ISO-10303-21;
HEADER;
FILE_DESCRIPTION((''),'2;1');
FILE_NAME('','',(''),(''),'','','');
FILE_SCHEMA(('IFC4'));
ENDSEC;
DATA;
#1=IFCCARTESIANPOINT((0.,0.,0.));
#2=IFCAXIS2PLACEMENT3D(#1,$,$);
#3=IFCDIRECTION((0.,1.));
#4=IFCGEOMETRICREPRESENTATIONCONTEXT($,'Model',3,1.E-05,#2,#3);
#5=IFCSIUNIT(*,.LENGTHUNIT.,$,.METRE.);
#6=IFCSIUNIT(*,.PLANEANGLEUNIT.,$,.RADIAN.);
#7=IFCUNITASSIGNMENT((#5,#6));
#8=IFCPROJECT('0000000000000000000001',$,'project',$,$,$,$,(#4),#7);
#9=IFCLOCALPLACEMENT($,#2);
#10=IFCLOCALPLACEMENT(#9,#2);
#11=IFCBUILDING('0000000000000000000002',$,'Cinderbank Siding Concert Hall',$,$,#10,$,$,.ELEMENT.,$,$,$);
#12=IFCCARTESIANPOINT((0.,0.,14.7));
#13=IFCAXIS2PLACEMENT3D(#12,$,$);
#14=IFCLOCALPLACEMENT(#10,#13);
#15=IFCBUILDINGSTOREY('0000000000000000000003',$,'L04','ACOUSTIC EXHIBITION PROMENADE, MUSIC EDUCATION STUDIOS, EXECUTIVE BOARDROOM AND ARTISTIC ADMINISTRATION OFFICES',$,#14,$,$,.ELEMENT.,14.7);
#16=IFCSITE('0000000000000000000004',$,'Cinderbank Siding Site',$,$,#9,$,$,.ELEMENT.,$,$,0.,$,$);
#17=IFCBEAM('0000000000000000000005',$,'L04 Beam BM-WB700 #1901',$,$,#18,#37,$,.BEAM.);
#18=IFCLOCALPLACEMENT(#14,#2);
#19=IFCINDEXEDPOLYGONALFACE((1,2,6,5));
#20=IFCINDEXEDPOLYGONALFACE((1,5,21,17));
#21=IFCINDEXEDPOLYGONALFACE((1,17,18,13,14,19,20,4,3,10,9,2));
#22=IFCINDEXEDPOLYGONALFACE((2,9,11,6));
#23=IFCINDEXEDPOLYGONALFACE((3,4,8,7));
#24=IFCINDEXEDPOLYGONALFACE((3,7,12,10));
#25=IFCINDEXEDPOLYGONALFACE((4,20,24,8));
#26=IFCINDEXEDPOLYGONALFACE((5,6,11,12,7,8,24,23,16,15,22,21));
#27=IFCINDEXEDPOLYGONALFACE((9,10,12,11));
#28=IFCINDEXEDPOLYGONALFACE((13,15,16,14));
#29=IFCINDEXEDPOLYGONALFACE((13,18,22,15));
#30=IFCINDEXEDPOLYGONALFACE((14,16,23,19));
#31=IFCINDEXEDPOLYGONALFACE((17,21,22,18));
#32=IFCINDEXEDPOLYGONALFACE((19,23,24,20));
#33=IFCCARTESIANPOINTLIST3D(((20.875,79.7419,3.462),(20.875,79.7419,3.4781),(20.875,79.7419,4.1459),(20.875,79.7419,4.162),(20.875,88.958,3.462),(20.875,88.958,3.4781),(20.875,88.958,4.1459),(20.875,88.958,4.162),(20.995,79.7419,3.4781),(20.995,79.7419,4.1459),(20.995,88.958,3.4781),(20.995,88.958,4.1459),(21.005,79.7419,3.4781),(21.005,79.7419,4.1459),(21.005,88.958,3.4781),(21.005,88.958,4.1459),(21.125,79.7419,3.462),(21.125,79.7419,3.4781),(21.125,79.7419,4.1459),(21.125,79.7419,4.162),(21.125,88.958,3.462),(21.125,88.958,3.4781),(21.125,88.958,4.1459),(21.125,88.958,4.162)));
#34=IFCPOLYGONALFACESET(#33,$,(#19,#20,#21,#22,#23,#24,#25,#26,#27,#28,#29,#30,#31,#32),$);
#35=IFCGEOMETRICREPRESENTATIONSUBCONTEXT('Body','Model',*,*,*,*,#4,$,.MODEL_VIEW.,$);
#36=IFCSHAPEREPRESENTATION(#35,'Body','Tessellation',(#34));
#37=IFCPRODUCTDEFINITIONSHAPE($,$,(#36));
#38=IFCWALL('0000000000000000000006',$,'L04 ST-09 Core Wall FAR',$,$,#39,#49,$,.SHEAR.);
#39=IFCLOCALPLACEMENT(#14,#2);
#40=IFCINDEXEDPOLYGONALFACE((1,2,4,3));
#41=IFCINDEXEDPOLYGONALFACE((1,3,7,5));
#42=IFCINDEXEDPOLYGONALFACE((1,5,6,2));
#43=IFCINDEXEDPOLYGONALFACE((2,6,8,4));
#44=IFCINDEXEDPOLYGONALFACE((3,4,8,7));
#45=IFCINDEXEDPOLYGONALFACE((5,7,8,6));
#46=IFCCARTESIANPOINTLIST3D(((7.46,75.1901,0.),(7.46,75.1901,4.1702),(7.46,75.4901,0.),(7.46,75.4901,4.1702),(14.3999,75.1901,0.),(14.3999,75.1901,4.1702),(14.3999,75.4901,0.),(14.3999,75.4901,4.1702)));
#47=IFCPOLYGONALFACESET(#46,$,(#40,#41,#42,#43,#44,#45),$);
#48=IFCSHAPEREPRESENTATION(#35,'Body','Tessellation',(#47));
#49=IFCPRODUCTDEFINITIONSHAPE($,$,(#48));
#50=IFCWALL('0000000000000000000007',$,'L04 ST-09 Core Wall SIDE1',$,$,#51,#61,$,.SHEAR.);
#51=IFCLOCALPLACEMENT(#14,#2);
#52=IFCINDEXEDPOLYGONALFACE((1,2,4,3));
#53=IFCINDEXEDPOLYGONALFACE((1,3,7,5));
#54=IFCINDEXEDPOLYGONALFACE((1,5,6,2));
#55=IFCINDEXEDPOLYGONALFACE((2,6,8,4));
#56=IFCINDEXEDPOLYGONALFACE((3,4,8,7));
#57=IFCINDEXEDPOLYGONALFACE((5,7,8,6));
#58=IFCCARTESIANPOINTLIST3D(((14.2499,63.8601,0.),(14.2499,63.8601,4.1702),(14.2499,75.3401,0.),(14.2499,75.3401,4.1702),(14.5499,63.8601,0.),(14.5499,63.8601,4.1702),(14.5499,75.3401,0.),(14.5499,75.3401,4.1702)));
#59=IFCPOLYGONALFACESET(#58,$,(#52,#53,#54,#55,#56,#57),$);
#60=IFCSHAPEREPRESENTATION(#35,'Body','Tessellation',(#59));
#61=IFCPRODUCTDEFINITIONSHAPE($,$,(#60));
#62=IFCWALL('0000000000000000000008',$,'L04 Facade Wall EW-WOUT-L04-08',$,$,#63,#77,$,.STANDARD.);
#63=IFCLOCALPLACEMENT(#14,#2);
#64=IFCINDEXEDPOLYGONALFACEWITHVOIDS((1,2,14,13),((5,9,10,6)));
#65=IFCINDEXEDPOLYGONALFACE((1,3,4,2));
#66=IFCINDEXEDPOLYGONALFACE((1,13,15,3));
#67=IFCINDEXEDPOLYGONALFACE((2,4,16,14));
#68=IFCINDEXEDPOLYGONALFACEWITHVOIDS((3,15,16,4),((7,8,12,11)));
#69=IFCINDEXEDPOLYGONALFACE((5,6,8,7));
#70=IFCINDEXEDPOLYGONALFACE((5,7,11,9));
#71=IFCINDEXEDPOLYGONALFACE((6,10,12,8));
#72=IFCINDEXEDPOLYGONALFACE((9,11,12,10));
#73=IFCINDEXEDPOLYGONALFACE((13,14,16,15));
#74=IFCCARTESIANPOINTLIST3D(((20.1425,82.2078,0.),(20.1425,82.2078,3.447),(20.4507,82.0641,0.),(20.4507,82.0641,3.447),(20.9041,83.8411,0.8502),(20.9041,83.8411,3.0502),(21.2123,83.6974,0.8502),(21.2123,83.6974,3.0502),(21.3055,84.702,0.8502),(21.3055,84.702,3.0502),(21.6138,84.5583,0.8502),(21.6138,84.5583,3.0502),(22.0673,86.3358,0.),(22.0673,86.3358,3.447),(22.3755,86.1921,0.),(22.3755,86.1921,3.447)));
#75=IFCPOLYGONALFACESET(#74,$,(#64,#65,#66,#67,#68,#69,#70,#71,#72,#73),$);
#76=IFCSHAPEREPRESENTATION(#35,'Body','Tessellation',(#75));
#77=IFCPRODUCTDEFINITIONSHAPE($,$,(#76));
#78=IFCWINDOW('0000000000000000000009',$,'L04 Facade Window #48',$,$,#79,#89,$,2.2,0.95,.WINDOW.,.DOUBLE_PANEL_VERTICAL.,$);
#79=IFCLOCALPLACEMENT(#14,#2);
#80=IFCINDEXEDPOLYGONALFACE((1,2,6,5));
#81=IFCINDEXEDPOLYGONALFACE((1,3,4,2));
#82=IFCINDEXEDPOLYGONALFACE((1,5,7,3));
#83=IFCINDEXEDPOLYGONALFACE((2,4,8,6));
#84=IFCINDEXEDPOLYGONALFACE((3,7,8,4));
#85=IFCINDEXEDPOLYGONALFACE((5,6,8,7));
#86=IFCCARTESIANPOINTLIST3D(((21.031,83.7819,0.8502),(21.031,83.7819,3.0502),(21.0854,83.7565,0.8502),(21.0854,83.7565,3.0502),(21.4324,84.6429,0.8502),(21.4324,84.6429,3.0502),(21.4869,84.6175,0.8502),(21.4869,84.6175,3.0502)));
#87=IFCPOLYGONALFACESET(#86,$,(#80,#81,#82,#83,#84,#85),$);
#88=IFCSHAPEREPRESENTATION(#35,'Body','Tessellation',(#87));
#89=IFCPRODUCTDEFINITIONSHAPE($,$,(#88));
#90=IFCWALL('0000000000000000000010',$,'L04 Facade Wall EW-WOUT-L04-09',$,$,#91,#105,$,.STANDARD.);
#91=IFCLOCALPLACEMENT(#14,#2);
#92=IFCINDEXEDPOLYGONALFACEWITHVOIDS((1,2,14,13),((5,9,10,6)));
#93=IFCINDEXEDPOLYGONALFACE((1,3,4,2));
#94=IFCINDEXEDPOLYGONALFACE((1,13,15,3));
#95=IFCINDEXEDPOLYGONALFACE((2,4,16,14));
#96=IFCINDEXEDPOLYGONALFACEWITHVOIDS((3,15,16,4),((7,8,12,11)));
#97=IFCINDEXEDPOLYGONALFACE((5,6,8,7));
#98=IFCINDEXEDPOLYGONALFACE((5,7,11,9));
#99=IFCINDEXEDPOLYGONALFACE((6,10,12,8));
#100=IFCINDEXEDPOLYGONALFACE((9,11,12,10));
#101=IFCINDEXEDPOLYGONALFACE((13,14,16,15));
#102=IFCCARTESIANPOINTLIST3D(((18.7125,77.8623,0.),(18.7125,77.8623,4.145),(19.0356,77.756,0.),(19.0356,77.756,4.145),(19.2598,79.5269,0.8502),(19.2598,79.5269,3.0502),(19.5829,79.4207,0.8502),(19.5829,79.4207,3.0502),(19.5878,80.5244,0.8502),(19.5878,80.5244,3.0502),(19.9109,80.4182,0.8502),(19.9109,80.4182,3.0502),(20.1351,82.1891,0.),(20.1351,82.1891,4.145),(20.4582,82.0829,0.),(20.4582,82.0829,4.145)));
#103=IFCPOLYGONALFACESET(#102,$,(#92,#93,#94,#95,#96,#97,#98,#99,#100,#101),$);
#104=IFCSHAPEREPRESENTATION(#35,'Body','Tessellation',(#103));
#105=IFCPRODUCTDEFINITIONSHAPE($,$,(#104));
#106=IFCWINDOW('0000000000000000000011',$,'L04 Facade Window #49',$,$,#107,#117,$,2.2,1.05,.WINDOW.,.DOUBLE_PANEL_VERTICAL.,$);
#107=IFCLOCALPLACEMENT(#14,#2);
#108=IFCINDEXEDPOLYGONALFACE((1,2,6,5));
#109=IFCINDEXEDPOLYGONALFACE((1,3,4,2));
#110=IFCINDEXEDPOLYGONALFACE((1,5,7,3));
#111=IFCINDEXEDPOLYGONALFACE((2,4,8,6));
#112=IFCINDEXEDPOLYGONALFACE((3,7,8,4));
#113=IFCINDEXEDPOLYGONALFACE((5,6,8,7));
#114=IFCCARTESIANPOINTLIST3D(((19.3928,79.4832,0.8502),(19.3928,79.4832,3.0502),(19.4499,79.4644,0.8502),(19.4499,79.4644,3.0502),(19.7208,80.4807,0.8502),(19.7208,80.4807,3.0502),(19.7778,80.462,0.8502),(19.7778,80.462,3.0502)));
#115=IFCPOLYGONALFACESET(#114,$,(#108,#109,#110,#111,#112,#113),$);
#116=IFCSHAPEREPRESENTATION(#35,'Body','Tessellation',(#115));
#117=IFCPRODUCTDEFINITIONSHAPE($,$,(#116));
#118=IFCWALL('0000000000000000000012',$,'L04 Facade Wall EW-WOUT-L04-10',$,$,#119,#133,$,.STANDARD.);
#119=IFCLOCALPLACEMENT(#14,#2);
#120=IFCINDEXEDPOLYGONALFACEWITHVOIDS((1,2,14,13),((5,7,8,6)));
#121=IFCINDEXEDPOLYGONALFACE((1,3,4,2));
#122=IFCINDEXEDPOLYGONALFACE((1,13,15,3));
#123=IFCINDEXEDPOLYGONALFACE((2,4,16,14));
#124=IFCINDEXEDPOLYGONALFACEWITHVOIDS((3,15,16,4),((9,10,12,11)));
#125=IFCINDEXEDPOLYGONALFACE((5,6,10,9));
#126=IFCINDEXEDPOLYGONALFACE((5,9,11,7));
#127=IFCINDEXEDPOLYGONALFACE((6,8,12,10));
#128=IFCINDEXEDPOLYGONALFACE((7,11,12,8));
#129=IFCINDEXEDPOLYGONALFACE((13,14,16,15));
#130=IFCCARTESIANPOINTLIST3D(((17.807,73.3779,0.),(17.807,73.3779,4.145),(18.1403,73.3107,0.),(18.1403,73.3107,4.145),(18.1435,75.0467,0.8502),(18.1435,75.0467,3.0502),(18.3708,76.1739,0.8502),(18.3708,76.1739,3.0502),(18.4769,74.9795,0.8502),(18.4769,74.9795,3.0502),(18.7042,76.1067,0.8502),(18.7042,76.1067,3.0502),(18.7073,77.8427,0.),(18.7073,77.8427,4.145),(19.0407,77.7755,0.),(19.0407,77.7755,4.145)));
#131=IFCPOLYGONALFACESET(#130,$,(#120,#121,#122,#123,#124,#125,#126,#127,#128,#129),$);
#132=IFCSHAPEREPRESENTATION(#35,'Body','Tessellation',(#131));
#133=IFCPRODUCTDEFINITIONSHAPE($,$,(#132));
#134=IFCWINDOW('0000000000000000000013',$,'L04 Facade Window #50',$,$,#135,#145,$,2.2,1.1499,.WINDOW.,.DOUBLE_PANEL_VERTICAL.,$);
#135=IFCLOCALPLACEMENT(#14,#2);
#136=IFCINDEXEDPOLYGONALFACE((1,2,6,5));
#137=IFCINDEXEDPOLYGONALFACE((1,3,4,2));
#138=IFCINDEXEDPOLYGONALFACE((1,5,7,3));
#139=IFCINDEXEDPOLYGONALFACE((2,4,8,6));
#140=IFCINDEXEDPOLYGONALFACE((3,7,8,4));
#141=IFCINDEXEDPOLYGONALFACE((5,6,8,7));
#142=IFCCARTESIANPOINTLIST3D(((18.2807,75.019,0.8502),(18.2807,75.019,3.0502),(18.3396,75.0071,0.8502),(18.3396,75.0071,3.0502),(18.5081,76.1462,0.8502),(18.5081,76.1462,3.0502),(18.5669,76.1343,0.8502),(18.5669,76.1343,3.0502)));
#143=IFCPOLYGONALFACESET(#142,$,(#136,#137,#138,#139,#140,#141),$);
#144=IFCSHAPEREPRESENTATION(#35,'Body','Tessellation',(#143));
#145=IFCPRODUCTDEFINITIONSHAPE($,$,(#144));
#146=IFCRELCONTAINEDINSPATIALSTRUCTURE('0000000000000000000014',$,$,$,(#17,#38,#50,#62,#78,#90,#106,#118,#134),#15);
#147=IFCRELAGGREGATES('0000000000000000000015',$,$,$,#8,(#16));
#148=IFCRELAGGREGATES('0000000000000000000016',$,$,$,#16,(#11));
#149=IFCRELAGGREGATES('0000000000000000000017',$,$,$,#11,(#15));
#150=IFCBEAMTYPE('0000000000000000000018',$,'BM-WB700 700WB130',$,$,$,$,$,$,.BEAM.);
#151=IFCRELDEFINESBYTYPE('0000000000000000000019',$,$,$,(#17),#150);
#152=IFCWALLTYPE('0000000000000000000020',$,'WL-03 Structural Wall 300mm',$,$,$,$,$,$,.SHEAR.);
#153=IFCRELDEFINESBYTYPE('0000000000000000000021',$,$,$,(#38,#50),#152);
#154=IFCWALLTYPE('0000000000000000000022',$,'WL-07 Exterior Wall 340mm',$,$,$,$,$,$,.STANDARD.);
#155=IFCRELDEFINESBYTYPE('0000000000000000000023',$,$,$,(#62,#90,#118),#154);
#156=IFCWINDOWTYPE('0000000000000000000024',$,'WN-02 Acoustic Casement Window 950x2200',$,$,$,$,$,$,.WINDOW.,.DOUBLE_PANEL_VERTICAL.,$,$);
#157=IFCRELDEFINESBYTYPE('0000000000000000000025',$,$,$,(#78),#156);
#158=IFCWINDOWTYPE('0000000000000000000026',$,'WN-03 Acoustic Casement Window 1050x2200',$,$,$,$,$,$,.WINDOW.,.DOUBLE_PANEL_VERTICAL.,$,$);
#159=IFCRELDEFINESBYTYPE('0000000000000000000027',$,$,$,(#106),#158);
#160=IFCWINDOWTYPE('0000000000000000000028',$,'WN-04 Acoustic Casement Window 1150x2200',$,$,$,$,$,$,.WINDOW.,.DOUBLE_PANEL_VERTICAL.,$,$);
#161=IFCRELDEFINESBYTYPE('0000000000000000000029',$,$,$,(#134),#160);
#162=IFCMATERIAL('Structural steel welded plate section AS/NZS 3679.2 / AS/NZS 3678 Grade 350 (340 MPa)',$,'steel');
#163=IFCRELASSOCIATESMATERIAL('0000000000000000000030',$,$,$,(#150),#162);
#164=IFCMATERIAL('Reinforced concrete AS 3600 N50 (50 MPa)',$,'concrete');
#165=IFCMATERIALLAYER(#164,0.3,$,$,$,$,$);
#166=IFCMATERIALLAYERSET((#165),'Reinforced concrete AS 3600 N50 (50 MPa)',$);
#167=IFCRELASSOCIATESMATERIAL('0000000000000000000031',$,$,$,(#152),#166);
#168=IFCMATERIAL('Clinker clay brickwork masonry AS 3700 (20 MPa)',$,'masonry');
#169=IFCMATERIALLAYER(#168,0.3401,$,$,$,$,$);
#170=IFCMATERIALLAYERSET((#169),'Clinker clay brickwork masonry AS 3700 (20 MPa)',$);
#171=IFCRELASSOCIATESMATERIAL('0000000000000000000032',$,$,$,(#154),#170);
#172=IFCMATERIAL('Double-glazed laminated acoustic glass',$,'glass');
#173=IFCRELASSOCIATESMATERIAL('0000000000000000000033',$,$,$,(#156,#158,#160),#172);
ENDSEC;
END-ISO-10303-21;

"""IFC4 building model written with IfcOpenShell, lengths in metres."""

from ifc_helpers import new_model, si_unit, direction, frame, frame_2d, origin, origin_2d, place, context, subcontext, project, spatial, rectangle, i_section, extrude, material, layer, layer_set, material_profile, profile_set, type_object, element, fill, save


model = new_model("IFC4")

# Units and contexts
model_context = context("Model", 3, precision=1e-05, world=origin(), true_north=direction((0.0, 1.0)))
body_context = subcontext(model_context, "Body", "Model", "MODEL_VIEW")
ifc_project = project(units=[si_unit("LENGTHUNIT", "METRE"), si_unit("PLANEANGLEUNIT", "RADIAN")], contexts=[model_context])

# Site, building, storey
site_placement = place(None, origin())
site = spatial("IfcSite", under=ifc_project, at=site_placement, Name="Cinderbank Siding Site", CompositionType="ELEMENT", RefElevation=0.0)
building_placement = place(site_placement, origin())
building = spatial("IfcBuilding", under=site, at=building_placement, Name="Cinderbank Siding Concert Hall", CompositionType="ELEMENT")
storey_placement = place(building_placement, frame((0.0, 0.0, 14.7)))
storey = spatial("IfcBuildingStorey", under=building, at=storey_placement, Name="L04", Description="ACOUSTIC EXHIBITION PROMENADE, MUSIC EDUCATION STUDIOS, EXECUTIVE BOARDROOM AND ARTISTIC ADMINISTRATION OFFICES", CompositionType="ELEMENT", Elevation=14.7)

# Shared definitions
ifc_material_1 = material(Name="Reinforced concrete AS 3600 N50 (50 MPa)", Category="concrete")

# Beam
ifc_material_2 = material(Name="Structural steel welded plate section AS/NZS 3679.2 / AS/NZS 3678 Grade 350 (340 MPa)", Category="steel")
ifc_material_profile_1 = material_profile(ifc_material_2, i_section(OverallWidth=0.25, OverallDepth=0.7, WebThickness=0.01, FlangeThickness=0.0161, at=origin_2d()), Name="700WB130", Category="LoadBearing")
ifc_profile_set_1 = profile_set([ifc_material_profile_1], Name="Structural steel welded plate section AS/NZS 3679.2 / AS/NZS 3678 Grade 350 (340 MPa)")
beam_type_1 = type_object("IfcBeamType", Name="BM-WB700 700WB130", PredefinedType="BEAM", material=ifc_profile_set_1)
for number, where, z_axis, x_axis, name in (
    (1, (21.0, 79.7419, 3.812), (0.0, 1.0, 0.0), (-1.0, 0.0, 0.0), "L04 Beam BM-WB700 #1901"),
):
    element("IfcBeam", number, at=place(storey_placement, frame(where, z_axis=z_axis, x_axis=x_axis)), inside=storey, type_object=beam_type_1, Name=name, PredefinedType="BEAM", context=body_context, shape_type="SweptSolid", body=[
        extrude(i_section(OverallWidth=0.25, OverallDepth=0.7, WebThickness=0.01, FlangeThickness=0.0161, at=origin_2d()), origin(), (0.0, 0.0, 1.0), 9.2161),
    ])

# Walls
ifc_layer_1 = layer(ifc_material_1, 0.3)
ifc_layer_set_1 = layer_set([ifc_layer_1], Name="Reinforced concrete AS 3600 N50 (50 MPa)")
wall_type_1 = type_object("IfcWallType", Name="WL-03 Structural Wall 300mm", PredefinedType="SHEAR", material=ifc_layer_set_1)
wall_1_placement = place(storey_placement, frame((7.46, 75.3401, 0.0), z_axis=(0.0, 0.0, 1.0), x_axis=(1.0, 0.0, 0.0)))
element("IfcWall", 2, at=wall_1_placement, inside=storey, type_object=wall_type_1, Name="L04 ST-09 Core Wall FAR", PredefinedType="SHEAR", context=body_context, shape_type="SweptSolid", body=[
    extrude(rectangle(XDim=6.9399, YDim=0.3, at=frame_2d((3.47, 0.0))), origin(), (0.0, 0.0, 1.0), 4.1702),
])
wall_2_placement = place(storey_placement, frame((14.3999, 75.3401, 0.0), z_axis=(0.0, 0.0, 1.0), x_axis=(0.0, -1.0, 0.0)))
element("IfcWall", 3, at=wall_2_placement, inside=storey, type_object=wall_type_1, Name="L04 ST-09 Core Wall SIDE1", PredefinedType="SHEAR", context=body_context, shape_type="SweptSolid", body=[
    extrude(rectangle(XDim=11.48, YDim=0.3, at=frame_2d((5.74, 0.0))), origin(), (0.0, 0.0, 1.0), 4.1702),
])

# Walls, openings, windows
ifc_material_3 = material(Name="Clinker clay brickwork masonry AS 3700 (20 MPa)", Category="masonry")
ifc_layer_2 = layer(ifc_material_3, 0.3401)
ifc_layer_set_2 = layer_set([ifc_layer_2], Name="Clinker clay brickwork masonry AS 3700 (20 MPa)")
wall_type_2 = type_object("IfcWallType", Name="WL-07 Exterior Wall 340mm", PredefinedType="STANDARD", material=ifc_layer_set_2)
wall_3_placement = place(storey_placement, frame((22.2214, 86.2639, 0.0), z_axis=(0.0, 0.0, 1.0), x_axis=(-0.422604, -0.906315, 0.0)))
wall_3 = element("IfcWall", 4, at=wall_3_placement, inside=storey, type_object=wall_type_2, Name="L04 Facade Wall EW-WOUT-L04-08", PredefinedType="STANDARD", context=body_context, shape_type="SweptSolid", body=[
    extrude(rectangle(XDim=4.5547, YDim=0.3401, at=frame_2d((2.2773, 0.0))), origin(), (0.0, 0.0, 1.0), 3.447),
])
opening_1_placement = place(wall_3_placement, frame((1.8025, 0.0, 0.8501)))
opening_1 = element("IfcOpeningElement", 5, at=opening_1_placement, cuts=wall_3, PredefinedType="OPENING", context=body_context, shape_type="SweptSolid", body=[
    extrude(rectangle(XDim=0.95, YDim=2.2, at=frame_2d((0.4751, 1.1001))), frame((0.0, 0.1821, 0.0), z_axis=(0.0, -1.0, 0.0), x_axis=(1.0, 0.0, 0.0)), (0.0, 0.0, 1.0), 0.364),
])
ifc_material_4 = material(Name="Double-glazed laminated acoustic glass", Category="glass")
window_type_1 = type_object("IfcWindowType", Name="WN-02 Acoustic Casement Window 950x2200", PartitioningType="DOUBLE_PANEL_VERTICAL", PredefinedType="WINDOW", material=ifc_material_4)
window_1_placement = place(opening_1_placement, origin())
window_1 = element("IfcWindow", 6, at=window_1_placement, inside=storey, type_object=window_type_1, Name="L04 Facade Window #48", OverallHeight=2.2, OverallWidth=0.95, PartitioningType="DOUBLE_PANEL_VERTICAL", PredefinedType="WINDOW", context=body_context, shape_type="SweptSolid", body=[
    extrude(rectangle(XDim=0.95, YDim=2.2, at=frame_2d((0.4751, 1.1001))), frame((0.0, 0.03, 0.0), z_axis=(0.0, -1.0, 0.0), x_axis=(1.0, 0.0, 0.0)), (0.0, 0.0, 1.0), 0.0601),
])
fill(opening_1, window_1)
wall_4_placement = place(storey_placement, frame((20.2966, 82.136, 0.0), z_axis=(0.0, 0.0, 1.0), x_axis=(-0.312334, -0.949972, 0.0)))
wall_4 = element("IfcWall", 7, at=wall_4_placement, inside=storey, type_object=wall_type_2, Name="L04 Facade Wall EW-WOUT-L04-09", PredefinedType="STANDARD", context=body_context, shape_type="SweptSolid", body=[
    extrude(rectangle(XDim=4.5547, YDim=0.3401, at=frame_2d((2.2773, 0.0))), origin(), (0.0, 0.0, 1.0), 4.145),
])
opening_2_placement = place(wall_4_placement, frame((1.7524, 0.0, 0.8501)))
opening_2 = element("IfcOpeningElement", 8, at=opening_2_placement, cuts=wall_4, PredefinedType="OPENING", context=body_context, shape_type="SweptSolid", body=[
    extrude(rectangle(XDim=1.05, YDim=2.2, at=frame_2d((0.5249, 1.1001))), frame((0.0, 0.1821, 0.0), z_axis=(0.0, -1.0, 0.0), x_axis=(1.0, 0.0, 0.0)), (0.0, 0.0, 1.0), 0.364),
])
window_type_2 = type_object("IfcWindowType", Name="WN-03 Acoustic Casement Window 1050x2200", PartitioningType="DOUBLE_PANEL_VERTICAL", PredefinedType="WINDOW", material=ifc_material_4)
window_2_placement = place(opening_2_placement, origin())
window_2 = element("IfcWindow", 9, at=window_2_placement, inside=storey, type_object=window_type_2, Name="L04 Facade Window #49", OverallHeight=2.2, OverallWidth=1.05, PartitioningType="DOUBLE_PANEL_VERTICAL", PredefinedType="WINDOW", context=body_context, shape_type="SweptSolid", body=[
    extrude(rectangle(XDim=1.05, YDim=2.2, at=frame_2d((0.5249, 1.1001))), frame((0.0, 0.03, 0.0), z_axis=(0.0, -1.0, 0.0), x_axis=(1.0, 0.0, 0.0)), (0.0, 0.0, 1.0), 0.0601),
])
fill(opening_2, window_2)
wall_5_placement = place(storey_placement, frame((18.874, 77.8091, 0.0), z_axis=(0.0, 0.0, 1.0), x_axis=(-0.197683, -0.980266, 0.0)))
wall_5 = element("IfcWall", 10, at=wall_5_placement, inside=storey, type_object=wall_type_2, Name="L04 Facade Wall EW-WOUT-L04-10", PredefinedType="STANDARD", context=body_context, shape_type="SweptSolid", body=[
    extrude(rectangle(XDim=4.5547, YDim=0.3401, at=frame_2d((2.2773, 0.0))), origin(), (0.0, 0.0, 1.0), 4.145),
])
opening_3_placement = place(wall_5_placement, frame((1.7024, 0.0, 0.8501)))
opening_3 = element("IfcOpeningElement", 11, at=opening_3_placement, cuts=wall_5, PredefinedType="OPENING", context=body_context, shape_type="SweptSolid", body=[
    extrude(rectangle(XDim=1.1499, YDim=2.2, at=frame_2d((0.575, 1.1001))), frame((0.0, 0.1821, 0.0), z_axis=(0.0, -1.0, 0.0), x_axis=(1.0, 0.0, 0.0)), (0.0, 0.0, 1.0), 0.364),
])
window_type_3 = type_object("IfcWindowType", Name="WN-04 Acoustic Casement Window 1150x2200", PartitioningType="DOUBLE_PANEL_VERTICAL", PredefinedType="WINDOW", material=ifc_material_4)
window_3_placement = place(opening_3_placement, origin())
window_3 = element("IfcWindow", 12, at=window_3_placement, inside=storey, type_object=window_type_3, Name="L04 Facade Window #50", OverallHeight=2.2, OverallWidth=1.1499, PartitioningType="DOUBLE_PANEL_VERTICAL", PredefinedType="WINDOW", context=body_context, shape_type="SweptSolid", body=[
    extrude(rectangle(XDim=1.1499, YDim=2.2, at=frame_2d((0.575, 1.1001))), frame((0.0, 0.03, 0.0), z_axis=(0.0, -1.0, 0.0), x_axis=(1.0, 0.0, 0.0)), (0.0, 0.0, 1.0), 0.0601),
])
fill(opening_3, window_3)

save(model, "model.ifc")
